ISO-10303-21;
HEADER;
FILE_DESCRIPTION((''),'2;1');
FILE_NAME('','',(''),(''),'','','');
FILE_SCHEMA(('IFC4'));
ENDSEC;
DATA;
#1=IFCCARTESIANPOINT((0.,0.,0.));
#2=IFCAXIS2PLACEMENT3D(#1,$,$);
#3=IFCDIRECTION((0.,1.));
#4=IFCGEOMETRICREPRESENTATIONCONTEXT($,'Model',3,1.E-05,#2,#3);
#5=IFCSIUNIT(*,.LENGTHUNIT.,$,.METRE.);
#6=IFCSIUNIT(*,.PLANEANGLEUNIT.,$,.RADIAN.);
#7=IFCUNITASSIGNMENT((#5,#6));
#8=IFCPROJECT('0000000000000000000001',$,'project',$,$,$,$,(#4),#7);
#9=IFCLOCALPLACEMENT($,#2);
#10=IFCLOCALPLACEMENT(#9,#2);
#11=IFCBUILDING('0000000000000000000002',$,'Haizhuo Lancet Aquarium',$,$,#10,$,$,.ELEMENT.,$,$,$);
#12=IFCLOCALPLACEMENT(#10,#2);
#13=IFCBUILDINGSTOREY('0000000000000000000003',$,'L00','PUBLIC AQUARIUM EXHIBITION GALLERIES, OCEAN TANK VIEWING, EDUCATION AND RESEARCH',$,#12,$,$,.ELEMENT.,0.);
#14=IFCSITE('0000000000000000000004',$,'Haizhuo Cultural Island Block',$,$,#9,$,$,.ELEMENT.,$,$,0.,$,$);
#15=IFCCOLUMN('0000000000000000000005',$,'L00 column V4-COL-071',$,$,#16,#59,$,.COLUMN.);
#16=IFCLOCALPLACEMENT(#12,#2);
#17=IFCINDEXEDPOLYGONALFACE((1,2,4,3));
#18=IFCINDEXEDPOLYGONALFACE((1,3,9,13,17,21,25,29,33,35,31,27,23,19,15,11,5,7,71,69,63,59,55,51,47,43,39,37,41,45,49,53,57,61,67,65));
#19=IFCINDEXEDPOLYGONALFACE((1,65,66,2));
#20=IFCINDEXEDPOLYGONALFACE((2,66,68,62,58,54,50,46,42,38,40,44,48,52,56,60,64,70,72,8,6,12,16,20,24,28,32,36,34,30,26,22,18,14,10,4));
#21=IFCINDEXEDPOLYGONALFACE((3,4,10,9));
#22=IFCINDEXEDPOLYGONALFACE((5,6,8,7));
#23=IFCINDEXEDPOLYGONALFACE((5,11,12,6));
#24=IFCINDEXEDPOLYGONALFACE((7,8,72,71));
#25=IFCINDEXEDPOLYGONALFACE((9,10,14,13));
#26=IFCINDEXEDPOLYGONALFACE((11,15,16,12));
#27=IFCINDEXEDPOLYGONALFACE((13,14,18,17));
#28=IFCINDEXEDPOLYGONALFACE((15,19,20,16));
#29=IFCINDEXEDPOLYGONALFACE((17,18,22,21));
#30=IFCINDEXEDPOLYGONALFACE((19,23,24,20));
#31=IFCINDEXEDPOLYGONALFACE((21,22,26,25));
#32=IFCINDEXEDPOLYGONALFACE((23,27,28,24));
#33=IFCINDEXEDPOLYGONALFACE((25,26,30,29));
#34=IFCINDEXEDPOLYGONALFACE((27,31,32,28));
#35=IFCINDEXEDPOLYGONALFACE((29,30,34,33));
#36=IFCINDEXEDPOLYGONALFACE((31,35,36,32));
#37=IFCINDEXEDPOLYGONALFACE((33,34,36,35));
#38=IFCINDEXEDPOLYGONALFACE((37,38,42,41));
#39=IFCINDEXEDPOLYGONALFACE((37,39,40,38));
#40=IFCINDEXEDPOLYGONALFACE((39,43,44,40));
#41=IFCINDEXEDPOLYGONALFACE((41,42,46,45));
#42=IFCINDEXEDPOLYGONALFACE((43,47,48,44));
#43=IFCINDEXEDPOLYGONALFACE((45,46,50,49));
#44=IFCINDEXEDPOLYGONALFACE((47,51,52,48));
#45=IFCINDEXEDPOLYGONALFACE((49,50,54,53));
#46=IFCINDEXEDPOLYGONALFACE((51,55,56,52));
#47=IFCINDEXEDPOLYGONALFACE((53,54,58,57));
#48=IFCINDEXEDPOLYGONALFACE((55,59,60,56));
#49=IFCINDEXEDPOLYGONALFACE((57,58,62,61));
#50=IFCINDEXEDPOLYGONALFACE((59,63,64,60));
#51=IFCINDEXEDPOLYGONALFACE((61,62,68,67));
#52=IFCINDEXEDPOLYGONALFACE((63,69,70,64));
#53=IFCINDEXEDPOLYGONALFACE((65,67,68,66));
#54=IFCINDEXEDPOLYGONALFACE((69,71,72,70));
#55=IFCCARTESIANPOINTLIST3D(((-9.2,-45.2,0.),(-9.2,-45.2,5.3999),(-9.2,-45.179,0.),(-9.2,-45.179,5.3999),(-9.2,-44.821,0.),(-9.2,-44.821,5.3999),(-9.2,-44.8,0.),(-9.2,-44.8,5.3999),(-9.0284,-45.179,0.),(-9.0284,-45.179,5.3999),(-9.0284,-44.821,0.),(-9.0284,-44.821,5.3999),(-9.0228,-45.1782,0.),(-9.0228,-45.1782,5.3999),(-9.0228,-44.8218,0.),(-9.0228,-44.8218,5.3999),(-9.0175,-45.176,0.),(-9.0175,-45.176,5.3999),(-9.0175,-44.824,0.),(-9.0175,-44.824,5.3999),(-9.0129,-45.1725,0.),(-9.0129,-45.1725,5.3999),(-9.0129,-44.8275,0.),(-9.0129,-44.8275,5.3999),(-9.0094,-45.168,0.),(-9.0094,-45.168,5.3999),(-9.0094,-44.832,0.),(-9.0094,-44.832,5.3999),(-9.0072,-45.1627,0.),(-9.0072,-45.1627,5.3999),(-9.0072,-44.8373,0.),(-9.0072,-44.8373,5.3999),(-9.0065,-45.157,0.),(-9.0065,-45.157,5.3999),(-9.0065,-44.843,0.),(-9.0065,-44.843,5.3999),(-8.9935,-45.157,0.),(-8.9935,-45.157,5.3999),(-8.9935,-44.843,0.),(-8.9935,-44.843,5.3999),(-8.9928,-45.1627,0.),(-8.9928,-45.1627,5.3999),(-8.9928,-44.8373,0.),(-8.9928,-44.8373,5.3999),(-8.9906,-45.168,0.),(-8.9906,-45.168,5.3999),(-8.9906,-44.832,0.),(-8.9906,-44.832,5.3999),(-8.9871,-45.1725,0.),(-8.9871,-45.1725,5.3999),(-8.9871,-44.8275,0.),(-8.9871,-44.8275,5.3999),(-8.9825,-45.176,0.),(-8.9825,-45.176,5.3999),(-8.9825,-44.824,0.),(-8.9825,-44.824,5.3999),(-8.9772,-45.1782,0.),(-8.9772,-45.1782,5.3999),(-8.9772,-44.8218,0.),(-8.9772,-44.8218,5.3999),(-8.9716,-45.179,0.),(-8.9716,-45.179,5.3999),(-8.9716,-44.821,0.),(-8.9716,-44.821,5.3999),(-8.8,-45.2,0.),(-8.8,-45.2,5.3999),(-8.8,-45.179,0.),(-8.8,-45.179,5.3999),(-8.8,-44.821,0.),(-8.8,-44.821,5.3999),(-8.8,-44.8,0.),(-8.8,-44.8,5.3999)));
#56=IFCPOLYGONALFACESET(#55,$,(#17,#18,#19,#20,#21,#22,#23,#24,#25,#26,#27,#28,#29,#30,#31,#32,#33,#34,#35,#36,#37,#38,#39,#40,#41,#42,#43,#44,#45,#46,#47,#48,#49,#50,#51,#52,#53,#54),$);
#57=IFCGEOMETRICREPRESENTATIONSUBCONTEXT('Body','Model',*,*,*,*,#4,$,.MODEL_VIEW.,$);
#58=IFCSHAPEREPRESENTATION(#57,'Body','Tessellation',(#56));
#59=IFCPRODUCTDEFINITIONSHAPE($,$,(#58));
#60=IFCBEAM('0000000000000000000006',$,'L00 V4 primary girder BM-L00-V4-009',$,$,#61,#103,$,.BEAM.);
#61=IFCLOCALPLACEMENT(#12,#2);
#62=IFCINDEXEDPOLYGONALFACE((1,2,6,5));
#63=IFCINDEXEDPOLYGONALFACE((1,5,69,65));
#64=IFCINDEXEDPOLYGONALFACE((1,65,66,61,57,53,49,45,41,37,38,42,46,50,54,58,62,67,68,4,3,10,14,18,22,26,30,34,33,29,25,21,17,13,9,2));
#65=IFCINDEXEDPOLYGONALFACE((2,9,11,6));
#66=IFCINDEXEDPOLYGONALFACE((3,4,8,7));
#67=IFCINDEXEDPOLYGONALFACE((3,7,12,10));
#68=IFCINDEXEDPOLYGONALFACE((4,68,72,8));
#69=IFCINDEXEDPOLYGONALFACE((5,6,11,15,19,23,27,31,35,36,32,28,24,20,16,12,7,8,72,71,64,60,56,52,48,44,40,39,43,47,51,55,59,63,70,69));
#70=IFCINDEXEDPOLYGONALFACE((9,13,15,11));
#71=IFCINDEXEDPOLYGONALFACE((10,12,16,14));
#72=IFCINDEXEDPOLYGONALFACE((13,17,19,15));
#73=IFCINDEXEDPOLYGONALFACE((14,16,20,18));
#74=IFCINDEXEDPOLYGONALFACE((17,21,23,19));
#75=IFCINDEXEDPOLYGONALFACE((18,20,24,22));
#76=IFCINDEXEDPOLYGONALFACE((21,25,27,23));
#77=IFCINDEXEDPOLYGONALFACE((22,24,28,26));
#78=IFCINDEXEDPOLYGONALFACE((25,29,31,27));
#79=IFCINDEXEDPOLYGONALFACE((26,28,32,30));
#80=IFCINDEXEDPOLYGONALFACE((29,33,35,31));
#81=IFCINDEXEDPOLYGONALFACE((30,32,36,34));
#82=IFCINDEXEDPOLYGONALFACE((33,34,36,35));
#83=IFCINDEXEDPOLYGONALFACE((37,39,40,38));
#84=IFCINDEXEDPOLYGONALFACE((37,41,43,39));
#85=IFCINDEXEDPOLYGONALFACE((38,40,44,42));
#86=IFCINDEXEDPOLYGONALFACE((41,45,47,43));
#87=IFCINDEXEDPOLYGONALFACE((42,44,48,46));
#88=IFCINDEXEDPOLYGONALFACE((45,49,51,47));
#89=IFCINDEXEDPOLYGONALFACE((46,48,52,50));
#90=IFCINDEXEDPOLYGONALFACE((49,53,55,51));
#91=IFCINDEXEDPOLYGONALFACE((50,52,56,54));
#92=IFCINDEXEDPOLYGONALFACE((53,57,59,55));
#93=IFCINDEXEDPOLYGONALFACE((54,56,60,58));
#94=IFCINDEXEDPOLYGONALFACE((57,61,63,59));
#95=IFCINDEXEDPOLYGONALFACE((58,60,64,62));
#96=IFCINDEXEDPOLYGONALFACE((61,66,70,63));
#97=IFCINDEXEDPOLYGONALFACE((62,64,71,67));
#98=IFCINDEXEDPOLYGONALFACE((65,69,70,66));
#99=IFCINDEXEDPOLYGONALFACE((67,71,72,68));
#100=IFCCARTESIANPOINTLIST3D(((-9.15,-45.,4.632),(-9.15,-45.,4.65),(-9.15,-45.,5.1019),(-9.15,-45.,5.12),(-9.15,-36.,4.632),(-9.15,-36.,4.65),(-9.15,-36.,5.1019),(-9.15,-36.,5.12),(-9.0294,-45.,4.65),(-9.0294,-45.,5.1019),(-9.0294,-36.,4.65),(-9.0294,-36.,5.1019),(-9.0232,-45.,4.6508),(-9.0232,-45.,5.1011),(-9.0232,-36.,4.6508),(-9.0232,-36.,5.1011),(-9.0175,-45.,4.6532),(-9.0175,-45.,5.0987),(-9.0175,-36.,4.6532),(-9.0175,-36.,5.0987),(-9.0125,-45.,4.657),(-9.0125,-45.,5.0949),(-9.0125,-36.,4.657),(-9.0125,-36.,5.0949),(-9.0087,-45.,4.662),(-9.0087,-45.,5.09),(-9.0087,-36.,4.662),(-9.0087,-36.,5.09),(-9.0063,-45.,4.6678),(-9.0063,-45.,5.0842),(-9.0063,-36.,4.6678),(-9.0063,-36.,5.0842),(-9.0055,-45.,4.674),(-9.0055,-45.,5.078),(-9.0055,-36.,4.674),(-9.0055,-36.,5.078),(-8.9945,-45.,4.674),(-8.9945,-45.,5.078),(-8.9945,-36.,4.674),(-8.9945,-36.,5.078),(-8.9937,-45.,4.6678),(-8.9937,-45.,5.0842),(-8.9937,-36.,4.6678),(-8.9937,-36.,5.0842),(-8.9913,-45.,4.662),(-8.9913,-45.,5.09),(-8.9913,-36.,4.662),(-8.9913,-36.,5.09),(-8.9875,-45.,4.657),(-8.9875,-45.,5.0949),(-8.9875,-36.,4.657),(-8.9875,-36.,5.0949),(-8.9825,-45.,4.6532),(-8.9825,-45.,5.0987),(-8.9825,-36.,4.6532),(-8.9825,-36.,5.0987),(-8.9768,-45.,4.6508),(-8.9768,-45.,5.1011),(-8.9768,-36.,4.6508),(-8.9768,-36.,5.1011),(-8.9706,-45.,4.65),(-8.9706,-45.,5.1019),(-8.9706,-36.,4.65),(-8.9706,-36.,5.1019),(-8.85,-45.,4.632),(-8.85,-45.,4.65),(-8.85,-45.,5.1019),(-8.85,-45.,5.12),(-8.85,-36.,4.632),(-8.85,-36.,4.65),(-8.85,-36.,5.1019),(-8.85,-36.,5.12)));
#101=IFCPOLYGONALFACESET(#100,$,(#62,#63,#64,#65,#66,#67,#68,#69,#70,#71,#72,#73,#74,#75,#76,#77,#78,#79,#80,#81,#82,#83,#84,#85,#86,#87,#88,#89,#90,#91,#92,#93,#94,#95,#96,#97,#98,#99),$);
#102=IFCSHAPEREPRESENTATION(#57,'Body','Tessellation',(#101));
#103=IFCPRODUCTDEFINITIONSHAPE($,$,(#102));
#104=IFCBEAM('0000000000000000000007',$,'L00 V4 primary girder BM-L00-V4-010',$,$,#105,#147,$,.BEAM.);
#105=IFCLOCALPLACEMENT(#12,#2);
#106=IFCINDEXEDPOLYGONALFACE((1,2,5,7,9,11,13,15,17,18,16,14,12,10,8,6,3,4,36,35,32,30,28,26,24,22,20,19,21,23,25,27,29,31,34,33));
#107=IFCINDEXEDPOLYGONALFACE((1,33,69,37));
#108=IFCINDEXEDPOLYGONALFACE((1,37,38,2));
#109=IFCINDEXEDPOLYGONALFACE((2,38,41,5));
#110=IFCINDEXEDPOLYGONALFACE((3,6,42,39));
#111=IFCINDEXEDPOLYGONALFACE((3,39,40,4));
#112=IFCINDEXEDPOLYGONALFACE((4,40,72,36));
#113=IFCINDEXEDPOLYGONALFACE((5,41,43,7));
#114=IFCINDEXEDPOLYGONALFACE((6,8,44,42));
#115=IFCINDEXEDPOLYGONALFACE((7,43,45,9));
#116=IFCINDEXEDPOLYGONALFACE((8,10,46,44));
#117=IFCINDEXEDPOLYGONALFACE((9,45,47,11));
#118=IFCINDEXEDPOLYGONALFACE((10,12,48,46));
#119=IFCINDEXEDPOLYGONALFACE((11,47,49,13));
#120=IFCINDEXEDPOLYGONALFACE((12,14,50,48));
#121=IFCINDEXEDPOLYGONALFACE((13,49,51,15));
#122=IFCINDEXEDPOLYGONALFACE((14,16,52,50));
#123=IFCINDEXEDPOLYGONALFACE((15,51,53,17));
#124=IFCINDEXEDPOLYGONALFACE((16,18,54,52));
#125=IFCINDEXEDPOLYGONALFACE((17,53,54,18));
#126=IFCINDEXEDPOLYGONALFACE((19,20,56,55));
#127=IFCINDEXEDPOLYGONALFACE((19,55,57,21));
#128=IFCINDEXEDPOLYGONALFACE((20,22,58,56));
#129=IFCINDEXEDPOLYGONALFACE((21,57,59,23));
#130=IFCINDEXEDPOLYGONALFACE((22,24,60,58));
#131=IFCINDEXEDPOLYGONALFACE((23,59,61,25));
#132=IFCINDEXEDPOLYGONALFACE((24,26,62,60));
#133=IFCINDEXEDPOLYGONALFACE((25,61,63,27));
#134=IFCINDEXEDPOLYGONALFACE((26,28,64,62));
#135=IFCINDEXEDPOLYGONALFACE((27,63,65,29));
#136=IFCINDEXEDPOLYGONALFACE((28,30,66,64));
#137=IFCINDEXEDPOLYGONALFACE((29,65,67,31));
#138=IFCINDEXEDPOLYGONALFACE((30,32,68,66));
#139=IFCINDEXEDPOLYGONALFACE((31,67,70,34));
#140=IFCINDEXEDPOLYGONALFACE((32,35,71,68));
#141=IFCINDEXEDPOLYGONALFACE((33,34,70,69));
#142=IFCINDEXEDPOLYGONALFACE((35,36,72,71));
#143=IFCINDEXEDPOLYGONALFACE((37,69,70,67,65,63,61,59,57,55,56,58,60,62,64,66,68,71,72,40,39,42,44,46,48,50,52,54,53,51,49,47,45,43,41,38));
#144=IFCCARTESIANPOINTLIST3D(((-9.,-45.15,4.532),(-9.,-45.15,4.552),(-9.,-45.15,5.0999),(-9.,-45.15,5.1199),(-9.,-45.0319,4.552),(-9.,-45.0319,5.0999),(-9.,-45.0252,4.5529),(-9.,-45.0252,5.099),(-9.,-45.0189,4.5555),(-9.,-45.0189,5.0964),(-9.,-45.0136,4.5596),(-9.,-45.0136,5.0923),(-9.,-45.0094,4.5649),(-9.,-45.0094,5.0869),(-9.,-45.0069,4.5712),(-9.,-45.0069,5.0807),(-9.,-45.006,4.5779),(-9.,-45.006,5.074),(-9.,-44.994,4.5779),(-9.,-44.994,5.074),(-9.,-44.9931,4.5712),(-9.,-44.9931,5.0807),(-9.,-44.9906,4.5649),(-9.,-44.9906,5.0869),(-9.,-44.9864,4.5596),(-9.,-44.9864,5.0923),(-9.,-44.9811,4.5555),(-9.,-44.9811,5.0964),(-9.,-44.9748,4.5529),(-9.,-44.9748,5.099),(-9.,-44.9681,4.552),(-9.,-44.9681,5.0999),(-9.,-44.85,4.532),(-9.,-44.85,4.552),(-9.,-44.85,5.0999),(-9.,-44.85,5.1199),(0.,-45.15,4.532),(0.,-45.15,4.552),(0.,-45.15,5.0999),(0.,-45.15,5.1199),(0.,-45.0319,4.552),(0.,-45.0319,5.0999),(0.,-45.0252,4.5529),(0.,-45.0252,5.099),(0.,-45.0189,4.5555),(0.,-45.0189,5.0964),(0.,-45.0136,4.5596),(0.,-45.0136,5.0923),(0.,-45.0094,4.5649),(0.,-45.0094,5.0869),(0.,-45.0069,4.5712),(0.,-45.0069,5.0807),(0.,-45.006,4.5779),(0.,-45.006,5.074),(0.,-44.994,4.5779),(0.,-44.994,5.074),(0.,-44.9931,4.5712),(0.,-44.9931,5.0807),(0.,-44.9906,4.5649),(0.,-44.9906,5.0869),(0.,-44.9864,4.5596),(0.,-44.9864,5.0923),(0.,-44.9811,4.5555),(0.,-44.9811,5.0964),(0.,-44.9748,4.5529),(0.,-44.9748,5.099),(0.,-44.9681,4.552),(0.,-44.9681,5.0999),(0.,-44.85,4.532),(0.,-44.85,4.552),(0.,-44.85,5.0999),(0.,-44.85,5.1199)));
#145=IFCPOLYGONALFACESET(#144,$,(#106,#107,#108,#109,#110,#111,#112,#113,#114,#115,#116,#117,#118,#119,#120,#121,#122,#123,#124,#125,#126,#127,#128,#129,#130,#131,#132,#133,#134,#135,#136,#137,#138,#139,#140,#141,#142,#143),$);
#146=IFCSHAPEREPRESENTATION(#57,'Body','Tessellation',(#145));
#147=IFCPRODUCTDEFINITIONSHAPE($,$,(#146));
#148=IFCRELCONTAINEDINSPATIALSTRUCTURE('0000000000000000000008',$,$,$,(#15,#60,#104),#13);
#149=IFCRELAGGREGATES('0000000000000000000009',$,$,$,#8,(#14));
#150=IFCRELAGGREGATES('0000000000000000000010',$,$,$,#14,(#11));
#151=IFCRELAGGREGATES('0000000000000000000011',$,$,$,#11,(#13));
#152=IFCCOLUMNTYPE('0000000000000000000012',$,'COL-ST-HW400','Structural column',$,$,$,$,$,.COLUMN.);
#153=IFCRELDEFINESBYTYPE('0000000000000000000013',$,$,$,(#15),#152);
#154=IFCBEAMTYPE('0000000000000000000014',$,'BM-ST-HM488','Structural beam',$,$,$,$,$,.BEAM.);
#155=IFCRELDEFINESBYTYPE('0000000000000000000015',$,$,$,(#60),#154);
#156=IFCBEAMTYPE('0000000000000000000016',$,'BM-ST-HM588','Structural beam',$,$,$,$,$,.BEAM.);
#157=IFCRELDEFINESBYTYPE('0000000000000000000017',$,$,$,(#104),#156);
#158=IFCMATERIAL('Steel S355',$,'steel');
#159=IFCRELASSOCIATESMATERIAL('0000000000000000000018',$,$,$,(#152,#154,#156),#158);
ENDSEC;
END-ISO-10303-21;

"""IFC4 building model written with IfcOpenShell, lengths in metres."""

from ifc_helpers import new_model, si_unit, direction, frame, origin, origin_2d, place, context, subcontext, project, spatial, i_section, extrude, material, material_profile, profile_set, type_object, element, save


model = new_model("IFC4")

# Units and contexts
model_context = context("Model", 3, precision=1e-05, world=origin(), true_north=direction((0.0, 1.0)))
body_context = subcontext(model_context, "Body", "Model", "MODEL_VIEW")
ifc_project = project(units=[si_unit("LENGTHUNIT", "METRE"), si_unit("PLANEANGLEUNIT", "RADIAN")], contexts=[model_context])

# Site, building, storey
site_placement = place(None, origin())
site = spatial("IfcSite", under=ifc_project, at=site_placement, Name="Haizhuo Cultural Island Block", CompositionType="ELEMENT", RefElevation=0.0)
building_placement = place(site_placement, origin())
building = spatial("IfcBuilding", under=site, at=building_placement, Name="Haizhuo Lancet Aquarium", CompositionType="ELEMENT")
storey_placement = place(building_placement, origin())
storey = spatial("IfcBuildingStorey", under=building, at=storey_placement, Name="L00", Description="PUBLIC AQUARIUM EXHIBITION GALLERIES, OCEAN TANK VIEWING, EDUCATION AND RESEARCH", CompositionType="ELEMENT", Elevation=0.0)

# Column
ifc_material_1 = material(Name="Steel S355", Category="steel")
ifc_material_profile_1 = material_profile(ifc_material_1, i_section(OverallWidth=0.3999, OverallDepth=0.3999, WebThickness=0.0129, FlangeThickness=0.021, FilletRadius=0.022, at=origin_2d()), Name="HW 400x400x13x21")
ifc_profile_set_1 = profile_set([ifc_material_profile_1], Name="Steel S355")
column_type = type_object("IfcColumnType", Name="COL-ST-HW400", Description="Structural column", PredefinedType="COLUMN", material=ifc_profile_set_1)
column_placement = place(storey_placement, frame((-9.0, -45.0, 0.0), z_axis=(0.0, 0.0, 1.0), x_axis=(1.0, 0.0, 0.0)))
element("IfcColumn", 1, at=column_placement, inside=storey, type_object=column_type, Name="L00 column V4-COL-071", PredefinedType="COLUMN", context=body_context, shape_type="SweptSolid", body=[
    extrude(i_section(OverallWidth=0.3999, OverallDepth=0.3999, WebThickness=0.0129, FlangeThickness=0.021, FilletRadius=0.022, at=origin_2d()), origin(), (0.0, 0.0, 1.0), 5.3999),
])

# Beams
ifc_material_profile_2 = material_profile(ifc_material_1, i_section(OverallWidth=0.3, OverallDepth=0.488, WebThickness=0.011, FlangeThickness=0.0181, FilletRadius=0.0239, at=origin_2d()), Name="HM 488x300x11x18")
ifc_profile_set_2 = profile_set([ifc_material_profile_2], Name="Steel S355")
beam_type_1 = type_object("IfcBeamType", Name="BM-ST-HM488", Description="Structural beam", PredefinedType="BEAM", material=ifc_profile_set_2)
beam_1_placement = place(storey_placement, frame((-9.0, -45.0, 4.876), z_axis=(0.0, 1.0, 0.0), x_axis=(-1.0, 0.0, 0.0)))
element("IfcBeam", 2, at=beam_1_placement, inside=storey, type_object=beam_type_1, Name="L00 V4 primary girder BM-L00-V4-009", PredefinedType="BEAM", context=body_context, shape_type="SweptSolid", body=[
    extrude(i_section(OverallWidth=0.3, OverallDepth=0.488, WebThickness=0.011, FlangeThickness=0.0181, FilletRadius=0.0239, at=origin_2d()), origin(), (0.0, 0.0, 1.0), 9.0),
])
ifc_material_profile_3 = material_profile(ifc_material_1, i_section(OverallWidth=0.3, OverallDepth=0.5879, WebThickness=0.012, FlangeThickness=0.02, FilletRadius=0.0259, at=origin_2d()), Name="HM 588x300x12x20")
ifc_profile_set_3 = profile_set([ifc_material_profile_3], Name="Steel S355")
beam_type_2 = type_object("IfcBeamType", Name="BM-ST-HM588", Description="Structural beam", PredefinedType="BEAM", material=ifc_profile_set_3)
beam_2_placement = place(storey_placement, frame((-9.0, -45.0, 4.8259), z_axis=(1.0, 0.0, 0.0), x_axis=(0.0, 1.0, 0.0)))
element("IfcBeam", 3, at=beam_2_placement, inside=storey, type_object=beam_type_2, Name="L00 V4 primary girder BM-L00-V4-010", PredefinedType="BEAM", context=body_context, shape_type="SweptSolid", body=[
    extrude(i_section(OverallWidth=0.3, OverallDepth=0.5879, WebThickness=0.012, FlangeThickness=0.02, FilletRadius=0.0259, at=origin_2d()), origin(), (0.0, 0.0, 1.0), 9.0),
])

save(model, "model.ifc")
